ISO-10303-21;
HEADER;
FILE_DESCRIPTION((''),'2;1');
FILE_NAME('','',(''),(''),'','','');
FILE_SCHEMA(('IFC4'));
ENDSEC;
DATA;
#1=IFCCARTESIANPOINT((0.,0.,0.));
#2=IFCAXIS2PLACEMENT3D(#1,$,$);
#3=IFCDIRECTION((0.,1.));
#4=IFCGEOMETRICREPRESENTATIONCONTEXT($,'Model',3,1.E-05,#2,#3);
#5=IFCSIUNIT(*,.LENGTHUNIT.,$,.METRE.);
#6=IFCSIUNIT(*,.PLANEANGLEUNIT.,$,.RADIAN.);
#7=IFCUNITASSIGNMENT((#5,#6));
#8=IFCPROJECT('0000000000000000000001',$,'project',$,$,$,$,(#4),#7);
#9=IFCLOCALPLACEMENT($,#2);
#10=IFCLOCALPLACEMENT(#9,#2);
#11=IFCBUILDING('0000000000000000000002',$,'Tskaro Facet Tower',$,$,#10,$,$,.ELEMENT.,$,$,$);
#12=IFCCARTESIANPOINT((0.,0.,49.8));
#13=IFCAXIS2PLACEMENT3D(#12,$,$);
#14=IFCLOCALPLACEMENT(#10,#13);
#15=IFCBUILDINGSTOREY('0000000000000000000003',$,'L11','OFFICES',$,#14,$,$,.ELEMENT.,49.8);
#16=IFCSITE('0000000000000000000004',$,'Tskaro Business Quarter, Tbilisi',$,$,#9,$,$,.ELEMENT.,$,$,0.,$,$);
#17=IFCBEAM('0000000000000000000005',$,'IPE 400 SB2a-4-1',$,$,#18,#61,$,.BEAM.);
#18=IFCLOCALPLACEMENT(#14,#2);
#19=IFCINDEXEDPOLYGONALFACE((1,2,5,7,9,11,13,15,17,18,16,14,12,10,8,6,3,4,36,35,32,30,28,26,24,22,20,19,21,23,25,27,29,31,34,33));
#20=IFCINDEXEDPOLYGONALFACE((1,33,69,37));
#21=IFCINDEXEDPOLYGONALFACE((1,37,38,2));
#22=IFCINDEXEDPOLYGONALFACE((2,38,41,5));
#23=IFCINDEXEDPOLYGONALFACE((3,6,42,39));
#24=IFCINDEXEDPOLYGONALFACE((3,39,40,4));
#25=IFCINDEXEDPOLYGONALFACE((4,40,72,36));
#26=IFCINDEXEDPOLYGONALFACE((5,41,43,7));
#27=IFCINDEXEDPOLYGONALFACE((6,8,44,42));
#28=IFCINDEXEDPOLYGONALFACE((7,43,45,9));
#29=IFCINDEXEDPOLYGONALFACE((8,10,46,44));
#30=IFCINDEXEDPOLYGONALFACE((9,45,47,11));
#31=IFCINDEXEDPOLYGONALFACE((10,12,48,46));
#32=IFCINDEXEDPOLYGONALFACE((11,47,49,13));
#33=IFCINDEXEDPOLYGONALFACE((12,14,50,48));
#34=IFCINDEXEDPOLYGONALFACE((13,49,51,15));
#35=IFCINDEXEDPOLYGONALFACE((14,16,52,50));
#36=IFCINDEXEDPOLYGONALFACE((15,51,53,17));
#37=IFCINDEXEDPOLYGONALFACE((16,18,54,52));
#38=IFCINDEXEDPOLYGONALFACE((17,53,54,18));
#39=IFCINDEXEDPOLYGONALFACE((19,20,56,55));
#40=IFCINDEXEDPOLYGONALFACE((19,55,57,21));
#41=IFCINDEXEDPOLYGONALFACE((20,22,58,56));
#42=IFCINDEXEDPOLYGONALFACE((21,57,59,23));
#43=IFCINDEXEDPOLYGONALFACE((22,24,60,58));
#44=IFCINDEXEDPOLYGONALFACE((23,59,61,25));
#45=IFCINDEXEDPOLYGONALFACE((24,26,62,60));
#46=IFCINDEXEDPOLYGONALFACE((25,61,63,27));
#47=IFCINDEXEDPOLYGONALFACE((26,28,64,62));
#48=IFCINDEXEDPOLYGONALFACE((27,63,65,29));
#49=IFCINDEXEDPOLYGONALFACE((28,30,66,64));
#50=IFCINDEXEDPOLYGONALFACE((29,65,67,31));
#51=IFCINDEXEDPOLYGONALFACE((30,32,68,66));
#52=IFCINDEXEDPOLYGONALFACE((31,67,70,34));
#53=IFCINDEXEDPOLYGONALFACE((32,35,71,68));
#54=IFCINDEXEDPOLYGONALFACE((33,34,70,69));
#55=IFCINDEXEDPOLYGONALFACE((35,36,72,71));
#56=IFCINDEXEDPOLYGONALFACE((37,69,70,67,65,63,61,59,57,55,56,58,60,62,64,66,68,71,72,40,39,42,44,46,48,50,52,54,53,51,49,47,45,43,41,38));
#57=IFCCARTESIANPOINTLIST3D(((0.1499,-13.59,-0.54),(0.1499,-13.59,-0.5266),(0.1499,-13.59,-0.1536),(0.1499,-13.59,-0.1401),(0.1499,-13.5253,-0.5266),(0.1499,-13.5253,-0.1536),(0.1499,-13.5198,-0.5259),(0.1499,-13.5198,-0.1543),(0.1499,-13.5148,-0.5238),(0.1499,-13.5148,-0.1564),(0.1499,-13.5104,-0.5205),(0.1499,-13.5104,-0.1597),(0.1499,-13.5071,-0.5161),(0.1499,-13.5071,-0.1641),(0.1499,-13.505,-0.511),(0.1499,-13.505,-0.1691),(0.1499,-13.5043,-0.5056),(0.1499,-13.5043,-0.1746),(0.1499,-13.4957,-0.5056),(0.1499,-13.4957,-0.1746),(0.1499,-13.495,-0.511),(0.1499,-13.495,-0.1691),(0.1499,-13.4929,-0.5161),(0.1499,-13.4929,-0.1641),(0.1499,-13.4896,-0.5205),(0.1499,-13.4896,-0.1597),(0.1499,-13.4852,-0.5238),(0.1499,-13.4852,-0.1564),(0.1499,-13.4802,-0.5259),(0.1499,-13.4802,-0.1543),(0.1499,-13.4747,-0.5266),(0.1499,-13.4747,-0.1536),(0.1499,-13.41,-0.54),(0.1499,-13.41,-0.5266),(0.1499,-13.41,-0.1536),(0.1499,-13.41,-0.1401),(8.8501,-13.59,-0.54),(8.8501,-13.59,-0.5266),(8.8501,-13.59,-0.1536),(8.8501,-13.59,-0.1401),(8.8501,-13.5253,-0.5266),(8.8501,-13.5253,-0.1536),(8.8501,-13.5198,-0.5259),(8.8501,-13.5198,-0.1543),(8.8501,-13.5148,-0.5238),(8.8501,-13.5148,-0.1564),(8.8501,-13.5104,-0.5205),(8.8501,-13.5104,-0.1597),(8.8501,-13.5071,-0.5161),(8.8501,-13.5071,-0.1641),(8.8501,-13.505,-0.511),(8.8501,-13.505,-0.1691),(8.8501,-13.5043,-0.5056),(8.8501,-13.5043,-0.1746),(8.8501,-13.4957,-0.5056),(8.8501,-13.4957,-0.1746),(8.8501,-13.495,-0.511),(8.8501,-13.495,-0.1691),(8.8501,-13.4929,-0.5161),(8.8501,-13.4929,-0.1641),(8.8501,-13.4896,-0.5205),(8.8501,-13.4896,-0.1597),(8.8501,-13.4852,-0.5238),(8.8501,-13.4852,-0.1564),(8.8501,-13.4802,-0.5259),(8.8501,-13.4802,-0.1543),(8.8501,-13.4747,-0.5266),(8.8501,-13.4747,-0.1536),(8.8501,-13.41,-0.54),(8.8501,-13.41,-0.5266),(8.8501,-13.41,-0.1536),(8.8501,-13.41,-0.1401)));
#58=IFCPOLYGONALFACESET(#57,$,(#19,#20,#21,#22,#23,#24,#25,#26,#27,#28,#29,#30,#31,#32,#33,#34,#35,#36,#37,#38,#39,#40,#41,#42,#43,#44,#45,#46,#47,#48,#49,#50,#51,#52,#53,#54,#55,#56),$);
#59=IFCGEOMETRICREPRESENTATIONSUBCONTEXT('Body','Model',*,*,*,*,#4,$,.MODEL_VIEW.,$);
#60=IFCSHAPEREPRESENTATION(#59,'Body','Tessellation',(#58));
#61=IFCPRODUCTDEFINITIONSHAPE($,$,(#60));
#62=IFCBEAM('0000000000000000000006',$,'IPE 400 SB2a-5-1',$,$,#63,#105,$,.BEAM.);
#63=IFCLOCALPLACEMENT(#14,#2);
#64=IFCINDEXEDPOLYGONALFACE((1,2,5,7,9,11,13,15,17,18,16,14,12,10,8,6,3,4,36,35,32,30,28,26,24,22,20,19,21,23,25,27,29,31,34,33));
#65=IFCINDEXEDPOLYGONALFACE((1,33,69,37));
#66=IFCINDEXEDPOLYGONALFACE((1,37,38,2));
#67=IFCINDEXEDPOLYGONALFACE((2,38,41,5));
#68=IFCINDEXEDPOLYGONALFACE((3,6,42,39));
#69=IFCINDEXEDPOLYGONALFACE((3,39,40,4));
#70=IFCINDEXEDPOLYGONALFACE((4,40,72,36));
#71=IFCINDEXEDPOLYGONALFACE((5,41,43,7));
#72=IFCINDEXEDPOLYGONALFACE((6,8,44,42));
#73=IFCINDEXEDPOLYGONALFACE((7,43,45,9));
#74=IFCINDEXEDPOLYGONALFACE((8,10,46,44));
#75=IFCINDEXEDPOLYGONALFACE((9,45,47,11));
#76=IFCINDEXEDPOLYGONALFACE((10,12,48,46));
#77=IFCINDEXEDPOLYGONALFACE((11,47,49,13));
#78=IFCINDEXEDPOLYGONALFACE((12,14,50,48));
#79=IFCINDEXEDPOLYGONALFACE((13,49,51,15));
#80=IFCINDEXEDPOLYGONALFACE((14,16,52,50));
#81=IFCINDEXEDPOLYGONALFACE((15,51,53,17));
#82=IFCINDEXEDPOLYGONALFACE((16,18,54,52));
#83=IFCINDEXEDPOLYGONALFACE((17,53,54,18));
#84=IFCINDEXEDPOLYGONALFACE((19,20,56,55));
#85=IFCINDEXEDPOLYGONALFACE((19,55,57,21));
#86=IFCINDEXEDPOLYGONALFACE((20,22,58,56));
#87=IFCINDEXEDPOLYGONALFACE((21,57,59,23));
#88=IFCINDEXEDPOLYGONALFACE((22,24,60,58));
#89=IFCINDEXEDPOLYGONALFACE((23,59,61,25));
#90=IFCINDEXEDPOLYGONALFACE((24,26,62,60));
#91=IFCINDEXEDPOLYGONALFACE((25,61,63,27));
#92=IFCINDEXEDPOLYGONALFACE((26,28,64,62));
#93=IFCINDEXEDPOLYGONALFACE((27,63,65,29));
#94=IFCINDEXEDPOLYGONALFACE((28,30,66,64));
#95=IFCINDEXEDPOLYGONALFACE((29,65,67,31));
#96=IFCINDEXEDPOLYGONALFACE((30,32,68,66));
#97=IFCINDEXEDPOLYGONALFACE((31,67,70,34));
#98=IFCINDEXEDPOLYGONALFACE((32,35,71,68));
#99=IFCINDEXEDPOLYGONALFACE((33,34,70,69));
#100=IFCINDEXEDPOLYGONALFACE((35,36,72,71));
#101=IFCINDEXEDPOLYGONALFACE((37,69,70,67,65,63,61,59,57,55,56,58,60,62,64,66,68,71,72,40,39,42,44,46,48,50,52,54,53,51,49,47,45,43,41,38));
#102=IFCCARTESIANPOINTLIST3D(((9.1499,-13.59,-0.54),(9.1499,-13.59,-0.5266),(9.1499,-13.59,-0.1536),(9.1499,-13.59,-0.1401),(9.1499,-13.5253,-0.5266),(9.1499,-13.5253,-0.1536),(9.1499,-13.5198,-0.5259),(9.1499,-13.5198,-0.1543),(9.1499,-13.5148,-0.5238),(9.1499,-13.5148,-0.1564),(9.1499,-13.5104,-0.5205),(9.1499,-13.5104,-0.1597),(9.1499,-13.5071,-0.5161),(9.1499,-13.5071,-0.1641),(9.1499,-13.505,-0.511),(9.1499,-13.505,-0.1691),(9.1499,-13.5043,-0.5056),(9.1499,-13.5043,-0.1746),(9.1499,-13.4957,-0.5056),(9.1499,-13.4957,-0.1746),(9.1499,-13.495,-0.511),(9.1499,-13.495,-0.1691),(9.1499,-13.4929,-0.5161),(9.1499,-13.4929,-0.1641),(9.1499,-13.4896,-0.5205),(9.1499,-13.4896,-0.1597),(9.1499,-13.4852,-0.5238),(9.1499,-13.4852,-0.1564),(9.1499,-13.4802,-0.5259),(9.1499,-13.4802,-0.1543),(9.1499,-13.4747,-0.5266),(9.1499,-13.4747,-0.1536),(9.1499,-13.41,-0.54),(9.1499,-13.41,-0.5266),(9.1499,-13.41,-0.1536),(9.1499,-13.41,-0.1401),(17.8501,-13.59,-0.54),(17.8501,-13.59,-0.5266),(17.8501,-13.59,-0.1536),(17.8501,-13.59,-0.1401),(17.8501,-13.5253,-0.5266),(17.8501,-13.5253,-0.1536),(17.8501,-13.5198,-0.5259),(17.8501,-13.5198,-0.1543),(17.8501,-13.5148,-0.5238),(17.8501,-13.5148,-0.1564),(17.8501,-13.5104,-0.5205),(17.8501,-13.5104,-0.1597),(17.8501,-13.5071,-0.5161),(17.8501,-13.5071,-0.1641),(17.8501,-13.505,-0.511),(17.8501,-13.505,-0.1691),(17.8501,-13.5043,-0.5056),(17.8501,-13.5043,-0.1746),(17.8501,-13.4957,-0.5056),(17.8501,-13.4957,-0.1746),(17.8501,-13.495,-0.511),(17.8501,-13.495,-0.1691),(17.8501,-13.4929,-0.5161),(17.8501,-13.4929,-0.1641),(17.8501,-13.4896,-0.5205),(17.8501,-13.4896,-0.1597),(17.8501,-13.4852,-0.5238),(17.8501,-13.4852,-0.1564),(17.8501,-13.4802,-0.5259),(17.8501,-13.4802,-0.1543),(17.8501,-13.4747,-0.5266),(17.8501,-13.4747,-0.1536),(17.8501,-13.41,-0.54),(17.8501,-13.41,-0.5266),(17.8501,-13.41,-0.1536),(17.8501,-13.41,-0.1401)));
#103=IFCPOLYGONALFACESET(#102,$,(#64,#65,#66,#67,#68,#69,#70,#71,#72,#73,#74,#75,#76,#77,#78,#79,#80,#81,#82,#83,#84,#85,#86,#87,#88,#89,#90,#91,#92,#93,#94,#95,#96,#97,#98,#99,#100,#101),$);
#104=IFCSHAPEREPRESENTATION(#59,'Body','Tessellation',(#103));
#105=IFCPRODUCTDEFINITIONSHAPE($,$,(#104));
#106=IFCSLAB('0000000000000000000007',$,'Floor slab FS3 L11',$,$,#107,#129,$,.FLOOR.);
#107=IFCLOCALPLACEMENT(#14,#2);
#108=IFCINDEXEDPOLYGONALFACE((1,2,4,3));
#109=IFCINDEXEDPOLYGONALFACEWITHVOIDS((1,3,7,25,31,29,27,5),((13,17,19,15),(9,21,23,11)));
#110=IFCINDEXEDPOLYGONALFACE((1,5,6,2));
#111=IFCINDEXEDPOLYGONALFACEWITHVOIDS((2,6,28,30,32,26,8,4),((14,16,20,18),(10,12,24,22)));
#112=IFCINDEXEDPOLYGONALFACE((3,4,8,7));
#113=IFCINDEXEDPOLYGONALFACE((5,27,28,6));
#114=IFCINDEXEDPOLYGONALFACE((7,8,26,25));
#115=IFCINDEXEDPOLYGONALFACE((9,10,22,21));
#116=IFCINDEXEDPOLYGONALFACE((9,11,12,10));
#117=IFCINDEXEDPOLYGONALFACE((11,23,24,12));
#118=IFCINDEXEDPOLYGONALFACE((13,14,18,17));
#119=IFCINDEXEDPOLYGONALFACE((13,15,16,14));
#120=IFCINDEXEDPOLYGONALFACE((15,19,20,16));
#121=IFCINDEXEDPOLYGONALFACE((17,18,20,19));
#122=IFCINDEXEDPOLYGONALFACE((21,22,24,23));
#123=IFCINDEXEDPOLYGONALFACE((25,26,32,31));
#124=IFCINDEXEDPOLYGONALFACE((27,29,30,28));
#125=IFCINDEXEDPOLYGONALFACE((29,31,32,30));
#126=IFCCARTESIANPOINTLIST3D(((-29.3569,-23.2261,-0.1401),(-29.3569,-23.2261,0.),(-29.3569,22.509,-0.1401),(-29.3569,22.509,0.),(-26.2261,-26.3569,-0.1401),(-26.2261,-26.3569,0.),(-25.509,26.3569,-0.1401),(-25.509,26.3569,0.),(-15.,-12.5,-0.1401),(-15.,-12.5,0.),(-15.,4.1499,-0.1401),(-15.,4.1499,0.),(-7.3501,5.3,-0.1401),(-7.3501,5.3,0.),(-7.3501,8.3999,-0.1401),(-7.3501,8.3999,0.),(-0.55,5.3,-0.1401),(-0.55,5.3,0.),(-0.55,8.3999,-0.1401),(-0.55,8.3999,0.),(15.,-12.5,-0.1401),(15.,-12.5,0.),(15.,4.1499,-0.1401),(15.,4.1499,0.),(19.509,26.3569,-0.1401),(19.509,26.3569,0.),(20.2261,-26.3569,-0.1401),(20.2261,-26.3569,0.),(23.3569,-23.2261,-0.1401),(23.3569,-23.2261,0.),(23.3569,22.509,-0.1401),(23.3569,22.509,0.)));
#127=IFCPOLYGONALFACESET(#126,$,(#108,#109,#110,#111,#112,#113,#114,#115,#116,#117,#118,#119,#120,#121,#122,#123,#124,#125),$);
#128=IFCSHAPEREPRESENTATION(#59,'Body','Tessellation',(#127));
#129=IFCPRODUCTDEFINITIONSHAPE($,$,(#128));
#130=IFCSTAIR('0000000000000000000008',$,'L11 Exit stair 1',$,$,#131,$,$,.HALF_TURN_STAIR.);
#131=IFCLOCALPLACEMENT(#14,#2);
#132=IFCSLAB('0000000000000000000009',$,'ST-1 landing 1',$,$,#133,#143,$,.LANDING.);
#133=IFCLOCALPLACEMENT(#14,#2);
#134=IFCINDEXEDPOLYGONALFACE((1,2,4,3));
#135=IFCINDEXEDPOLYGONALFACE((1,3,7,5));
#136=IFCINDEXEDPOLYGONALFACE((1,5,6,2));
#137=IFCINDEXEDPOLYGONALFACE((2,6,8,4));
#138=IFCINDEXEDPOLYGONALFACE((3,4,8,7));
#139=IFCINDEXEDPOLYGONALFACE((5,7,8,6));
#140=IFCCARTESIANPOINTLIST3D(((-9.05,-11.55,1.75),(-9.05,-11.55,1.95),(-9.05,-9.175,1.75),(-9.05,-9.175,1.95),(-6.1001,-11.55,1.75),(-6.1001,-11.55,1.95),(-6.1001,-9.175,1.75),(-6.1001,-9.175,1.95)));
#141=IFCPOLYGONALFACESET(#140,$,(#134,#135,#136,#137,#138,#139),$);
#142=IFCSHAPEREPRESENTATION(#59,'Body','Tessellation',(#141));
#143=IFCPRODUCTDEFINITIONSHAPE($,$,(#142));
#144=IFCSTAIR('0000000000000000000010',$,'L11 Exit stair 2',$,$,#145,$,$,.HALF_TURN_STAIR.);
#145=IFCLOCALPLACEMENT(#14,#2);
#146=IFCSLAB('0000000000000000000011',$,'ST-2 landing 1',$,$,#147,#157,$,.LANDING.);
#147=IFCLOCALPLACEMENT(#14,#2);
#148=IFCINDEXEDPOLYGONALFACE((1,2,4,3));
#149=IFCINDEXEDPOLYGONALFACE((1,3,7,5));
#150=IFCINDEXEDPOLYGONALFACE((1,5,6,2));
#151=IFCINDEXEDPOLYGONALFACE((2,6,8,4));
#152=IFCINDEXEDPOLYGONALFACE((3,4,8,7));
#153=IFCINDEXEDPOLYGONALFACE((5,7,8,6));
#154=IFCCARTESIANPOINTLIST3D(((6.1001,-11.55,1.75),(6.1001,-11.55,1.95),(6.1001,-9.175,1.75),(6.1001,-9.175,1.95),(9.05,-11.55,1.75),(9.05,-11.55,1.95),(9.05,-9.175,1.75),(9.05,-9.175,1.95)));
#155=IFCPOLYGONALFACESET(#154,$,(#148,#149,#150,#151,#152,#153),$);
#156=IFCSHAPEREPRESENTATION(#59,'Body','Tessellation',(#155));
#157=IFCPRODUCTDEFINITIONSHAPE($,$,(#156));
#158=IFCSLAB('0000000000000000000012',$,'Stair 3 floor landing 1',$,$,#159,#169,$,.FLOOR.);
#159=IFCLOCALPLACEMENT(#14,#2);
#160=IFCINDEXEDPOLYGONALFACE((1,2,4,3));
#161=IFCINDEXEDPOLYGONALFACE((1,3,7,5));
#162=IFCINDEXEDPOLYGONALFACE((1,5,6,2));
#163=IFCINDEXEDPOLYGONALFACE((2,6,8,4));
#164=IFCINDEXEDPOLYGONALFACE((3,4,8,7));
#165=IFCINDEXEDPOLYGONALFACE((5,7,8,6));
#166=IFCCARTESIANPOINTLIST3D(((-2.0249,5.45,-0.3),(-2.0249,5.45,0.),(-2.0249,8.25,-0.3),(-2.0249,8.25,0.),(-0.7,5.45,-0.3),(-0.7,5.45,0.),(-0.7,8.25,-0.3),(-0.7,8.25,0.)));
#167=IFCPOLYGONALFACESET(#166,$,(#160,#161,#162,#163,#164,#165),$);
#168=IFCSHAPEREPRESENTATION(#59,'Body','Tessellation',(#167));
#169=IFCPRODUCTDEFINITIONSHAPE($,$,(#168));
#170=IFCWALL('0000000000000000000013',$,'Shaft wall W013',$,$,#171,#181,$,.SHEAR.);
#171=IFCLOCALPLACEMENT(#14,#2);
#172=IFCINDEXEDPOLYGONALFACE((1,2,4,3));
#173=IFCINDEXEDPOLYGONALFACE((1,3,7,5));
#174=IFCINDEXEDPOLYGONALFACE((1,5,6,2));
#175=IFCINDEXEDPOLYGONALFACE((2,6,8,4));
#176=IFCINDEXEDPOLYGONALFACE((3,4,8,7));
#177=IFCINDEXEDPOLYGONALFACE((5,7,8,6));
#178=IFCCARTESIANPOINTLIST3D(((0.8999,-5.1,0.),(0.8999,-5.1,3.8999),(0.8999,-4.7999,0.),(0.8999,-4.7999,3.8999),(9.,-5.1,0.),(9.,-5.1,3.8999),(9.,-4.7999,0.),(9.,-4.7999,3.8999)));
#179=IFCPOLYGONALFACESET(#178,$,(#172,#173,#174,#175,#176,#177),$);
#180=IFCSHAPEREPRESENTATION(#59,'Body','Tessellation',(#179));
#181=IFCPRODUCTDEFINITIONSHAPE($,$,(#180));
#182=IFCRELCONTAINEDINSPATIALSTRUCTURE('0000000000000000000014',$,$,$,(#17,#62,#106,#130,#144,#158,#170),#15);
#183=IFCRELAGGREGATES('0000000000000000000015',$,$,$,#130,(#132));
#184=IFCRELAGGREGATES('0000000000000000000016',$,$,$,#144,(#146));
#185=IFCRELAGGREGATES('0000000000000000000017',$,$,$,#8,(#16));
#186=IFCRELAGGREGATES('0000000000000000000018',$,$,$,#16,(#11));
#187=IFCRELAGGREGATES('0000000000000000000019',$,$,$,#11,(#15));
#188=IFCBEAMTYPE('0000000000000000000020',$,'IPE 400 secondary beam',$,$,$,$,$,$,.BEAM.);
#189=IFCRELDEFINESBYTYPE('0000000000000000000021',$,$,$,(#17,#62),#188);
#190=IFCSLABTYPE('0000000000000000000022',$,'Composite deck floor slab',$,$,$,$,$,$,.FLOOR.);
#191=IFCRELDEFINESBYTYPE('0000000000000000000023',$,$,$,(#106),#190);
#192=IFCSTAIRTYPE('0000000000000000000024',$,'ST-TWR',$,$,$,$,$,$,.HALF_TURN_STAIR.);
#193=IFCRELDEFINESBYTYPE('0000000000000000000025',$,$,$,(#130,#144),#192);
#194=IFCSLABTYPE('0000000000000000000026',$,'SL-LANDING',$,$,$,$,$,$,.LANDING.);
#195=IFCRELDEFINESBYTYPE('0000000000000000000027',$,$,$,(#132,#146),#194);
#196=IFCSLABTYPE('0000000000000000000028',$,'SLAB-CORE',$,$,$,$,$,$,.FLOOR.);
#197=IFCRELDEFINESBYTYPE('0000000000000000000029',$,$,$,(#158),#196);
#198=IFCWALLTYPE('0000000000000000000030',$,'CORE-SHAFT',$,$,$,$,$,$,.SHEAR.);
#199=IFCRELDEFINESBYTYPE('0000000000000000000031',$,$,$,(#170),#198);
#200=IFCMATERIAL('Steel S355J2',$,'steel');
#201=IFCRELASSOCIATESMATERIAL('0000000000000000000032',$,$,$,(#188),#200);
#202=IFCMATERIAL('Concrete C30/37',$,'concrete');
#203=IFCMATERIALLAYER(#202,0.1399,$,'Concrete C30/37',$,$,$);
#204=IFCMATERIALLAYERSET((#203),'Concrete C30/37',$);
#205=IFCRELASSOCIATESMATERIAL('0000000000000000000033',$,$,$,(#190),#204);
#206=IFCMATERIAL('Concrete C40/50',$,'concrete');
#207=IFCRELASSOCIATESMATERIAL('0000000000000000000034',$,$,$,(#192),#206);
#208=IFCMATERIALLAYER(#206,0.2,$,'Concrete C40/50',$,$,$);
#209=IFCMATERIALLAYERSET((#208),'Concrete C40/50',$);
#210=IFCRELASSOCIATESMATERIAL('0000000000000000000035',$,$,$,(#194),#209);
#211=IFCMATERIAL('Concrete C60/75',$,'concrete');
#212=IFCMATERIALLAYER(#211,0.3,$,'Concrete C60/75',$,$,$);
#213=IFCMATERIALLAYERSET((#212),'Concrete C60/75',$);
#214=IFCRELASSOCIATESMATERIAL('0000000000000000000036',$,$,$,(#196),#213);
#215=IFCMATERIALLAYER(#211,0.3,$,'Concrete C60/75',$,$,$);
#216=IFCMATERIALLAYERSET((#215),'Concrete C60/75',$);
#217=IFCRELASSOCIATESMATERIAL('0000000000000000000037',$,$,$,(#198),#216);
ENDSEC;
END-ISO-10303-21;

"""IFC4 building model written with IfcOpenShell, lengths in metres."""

from ifc_helpers import new_model, si_unit, direction, frame, frame_2d, origin, origin_2d, place, context, subcontext, project, spatial, polyline, rectangle, i_section, outline, extrude, material, layer, layer_set, material_profile, profile_set, type_object, element, aggregate, save


model = new_model("IFC4")

# Units and contexts
model_context = context("Model", 3, precision=1e-05, world=origin(), true_north=direction((0.0, 1.0)))
body_context = subcontext(model_context, "Body", "Model", "MODEL_VIEW")
ifc_project = project(units=[si_unit("LENGTHUNIT", "METRE"), si_unit("PLANEANGLEUNIT", "RADIAN")], contexts=[model_context])

# Site, building, storey
site_placement = place(None, origin())
site = spatial("IfcSite", under=ifc_project, at=site_placement, Name="Tskaro Business Quarter, Tbilisi", CompositionType="ELEMENT", RefElevation=0.0)
building_placement = place(site_placement, origin())
building = spatial("IfcBuilding", under=site, at=building_placement, Name="Tskaro Facet Tower", CompositionType="ELEMENT")
storey_placement = place(building_placement, frame((0.0, 0.0, 49.8)))
storey = spatial("IfcBuildingStorey", under=building, at=storey_placement, Name="L11", Description="OFFICES", CompositionType="ELEMENT", Elevation=49.8)

# Beams
ifc_material_1 = material(Name="Steel S355J2", Category="steel")
ifc_material_profile = material_profile(ifc_material_1, i_section(OverallWidth=0.1799, OverallDepth=0.3999, WebThickness=0.0085, FlangeThickness=0.0134, FilletRadius=0.021, at=origin_2d()), Name="IPE 400")
ifc_profile_set = profile_set([ifc_material_profile], Name="Steel S355J2")
beam_type = type_object("IfcBeamType", Name="IPE 400 secondary beam", PredefinedType="BEAM", material=ifc_profile_set)
for number, where, z_axis, x_axis, name in (
    (1, (0.1499, -13.5, -0.3401), (1.0, 0.0, 0.0), (0.0, 1.0, 0.0), "IPE 400 SB2a-4-1"),
    (2, (9.1499, -13.5, -0.3401), (1.0, 0.0, 0.0), (0.0, 1.0, 0.0), "IPE 400 SB2a-5-1"),
):
    element("IfcBeam", number, at=place(storey_placement, frame(where, z_axis=z_axis, x_axis=x_axis)), inside=storey, type_object=beam_type, Name=name, PredefinedType="BEAM", context=body_context, shape_type="SweptSolid", body=[
        extrude(i_section(OverallWidth=0.1799, OverallDepth=0.3999, WebThickness=0.0085, FlangeThickness=0.0134, FilletRadius=0.021, at=origin_2d()), origin(), (0.0, 0.0, 1.0), 8.7002),
    ])

# Slab
ifc_material_2 = material(Name="Concrete C30/37", Category="concrete")
ifc_layer_1 = layer(ifc_material_2, 0.1399, Name="Concrete C30/37")
ifc_layer_set_1 = layer_set([ifc_layer_1], Name="Concrete C30/37")
slab_type_1 = type_object("IfcSlabType", Name="Composite deck floor slab", PredefinedType="FLOOR", material=ifc_layer_set_1)
slab_1_placement = place(storey_placement, frame((0.0, 0.0, -0.1401)))
element("IfcSlab", 3, at=slab_1_placement, inside=storey, type_object=slab_type_1, Name="Floor slab FS3 L11", PredefinedType="FLOOR", context=body_context, shape_type="SweptSolid", body=[
    extrude(outline(polyline([(-26.2261, -26.3569), (20.2261, -26.3569), (23.3569, -23.2261), (23.3569, 22.509), (19.509, 26.3569), (-25.509, 26.3569), (-29.3569, 22.509), (-29.3569, -23.2261), (-26.2261, -26.3569)]), holes=[polyline([(-15.0, -12.5), (15.0, -12.5), (15.0, 4.1499), (-15.0, 4.1499), (-15.0, -12.5)]), polyline([(-7.3501, 5.3), (-0.55, 5.3), (-0.55, 8.3999), (-7.3501, 8.3999), (-7.3501, 5.3)])]), origin(), (0.0, 0.0, 1.0), 0.1401),
])

# Stairs, slabs
ifc_material_3 = material(Name="Concrete C40/50", Category="concrete")
stair_type = type_object("IfcStairType", Name="ST-TWR", PredefinedType="HALF_TURN_STAIR", material=ifc_material_3)
stair_1_placement = place(storey_placement, origin())
stair_1 = element("IfcStair", 4, at=stair_1_placement, inside=storey, type_object=stair_type, Name="L11 Exit stair 1", PredefinedType="HALF_TURN_STAIR")
ifc_layer_2 = layer(ifc_material_3, 0.2, Name="Concrete C40/50")
ifc_layer_set_2 = layer_set([ifc_layer_2], Name="Concrete C40/50")
slab_type_2 = type_object("IfcSlabType", Name="SL-LANDING", PredefinedType="LANDING", material=ifc_layer_set_2)
slab_2_placement = place(storey_placement, frame((0.0, 0.0, 1.75)))
slab_2 = element("IfcSlab", 5, at=slab_2_placement, type_object=slab_type_2, Name="ST-1 landing 1", PredefinedType="LANDING", context=body_context, shape_type="SweptSolid", body=[
    extrude(outline(polyline([(-9.05, -11.55), (-6.1001, -11.55), (-6.1001, -9.175), (-9.05, -9.175), (-9.05, -11.55)])), origin(), (0.0, 0.0, 1.0), 0.2),
])
aggregate(stair_1, [slab_2])
stair_2_placement = place(storey_placement, origin())
stair_2 = element("IfcStair", 6, at=stair_2_placement, inside=storey, type_object=stair_type, Name="L11 Exit stair 2", PredefinedType="HALF_TURN_STAIR")
slab_3_placement = place(storey_placement, frame((0.0, 0.0, 1.75)))
slab_3 = element("IfcSlab", 7, at=slab_3_placement, type_object=slab_type_2, Name="ST-2 landing 1", PredefinedType="LANDING", context=body_context, shape_type="SweptSolid", body=[
    extrude(outline(polyline([(6.1001, -11.55), (9.05, -11.55), (9.05, -9.175), (6.1001, -9.175), (6.1001, -11.55)])), origin(), (0.0, 0.0, 1.0), 0.2),
])

# Slab
ifc_material_4 = material(Name="Concrete C60/75", Category="concrete")
ifc_layer_3 = layer(ifc_material_4, 0.3, Name="Concrete C60/75")
ifc_layer_set_3 = layer_set([ifc_layer_3], Name="Concrete C60/75")
slab_type_3 = type_object("IfcSlabType", Name="SLAB-CORE", PredefinedType="FLOOR", material=ifc_layer_set_3)
slab_4_placement = place(storey_placement, frame((0.0, 0.0, -0.3)))
element("IfcSlab", 8, at=slab_4_placement, inside=storey, type_object=slab_type_3, Name="Stair 3 floor landing 1", PredefinedType="FLOOR", context=body_context, shape_type="SweptSolid", body=[
    extrude(outline(polyline([(-2.0249, 5.45), (-0.7, 5.45), (-0.7, 8.25), (-2.0249, 8.25), (-2.0249, 5.45)])), origin(), (0.0, 0.0, 1.0), 0.3),
])

# Wall
ifc_layer_4 = layer(ifc_material_4, 0.3, Name="Concrete C60/75")
ifc_layer_set_4 = layer_set([ifc_layer_4], Name="Concrete C60/75")
wall_type_1 = type_object("IfcWallType", Name="CORE-SHAFT", PredefinedType="SHEAR", material=ifc_layer_set_4)
wall_1_placement = place(storey_placement, frame((0.8999, -4.95, 0.0), z_axis=(0.0, 0.0, 1.0), x_axis=(1.0, 0.0, 0.0)))
element("IfcWall", 9, at=wall_1_placement, inside=storey, type_object=wall_type_1, Name="Shaft wall W013", PredefinedType="SHEAR", context=body_context, shape_type="SweptSolid", body=[
    extrude(rectangle(XDim=8.1001, YDim=0.3, at=frame_2d((4.05, 0.0))), origin(), (0.0, 0.0, 1.0), 3.8999),
])

aggregate(stair_2, [slab_3])

save(model, "model.ifc")
